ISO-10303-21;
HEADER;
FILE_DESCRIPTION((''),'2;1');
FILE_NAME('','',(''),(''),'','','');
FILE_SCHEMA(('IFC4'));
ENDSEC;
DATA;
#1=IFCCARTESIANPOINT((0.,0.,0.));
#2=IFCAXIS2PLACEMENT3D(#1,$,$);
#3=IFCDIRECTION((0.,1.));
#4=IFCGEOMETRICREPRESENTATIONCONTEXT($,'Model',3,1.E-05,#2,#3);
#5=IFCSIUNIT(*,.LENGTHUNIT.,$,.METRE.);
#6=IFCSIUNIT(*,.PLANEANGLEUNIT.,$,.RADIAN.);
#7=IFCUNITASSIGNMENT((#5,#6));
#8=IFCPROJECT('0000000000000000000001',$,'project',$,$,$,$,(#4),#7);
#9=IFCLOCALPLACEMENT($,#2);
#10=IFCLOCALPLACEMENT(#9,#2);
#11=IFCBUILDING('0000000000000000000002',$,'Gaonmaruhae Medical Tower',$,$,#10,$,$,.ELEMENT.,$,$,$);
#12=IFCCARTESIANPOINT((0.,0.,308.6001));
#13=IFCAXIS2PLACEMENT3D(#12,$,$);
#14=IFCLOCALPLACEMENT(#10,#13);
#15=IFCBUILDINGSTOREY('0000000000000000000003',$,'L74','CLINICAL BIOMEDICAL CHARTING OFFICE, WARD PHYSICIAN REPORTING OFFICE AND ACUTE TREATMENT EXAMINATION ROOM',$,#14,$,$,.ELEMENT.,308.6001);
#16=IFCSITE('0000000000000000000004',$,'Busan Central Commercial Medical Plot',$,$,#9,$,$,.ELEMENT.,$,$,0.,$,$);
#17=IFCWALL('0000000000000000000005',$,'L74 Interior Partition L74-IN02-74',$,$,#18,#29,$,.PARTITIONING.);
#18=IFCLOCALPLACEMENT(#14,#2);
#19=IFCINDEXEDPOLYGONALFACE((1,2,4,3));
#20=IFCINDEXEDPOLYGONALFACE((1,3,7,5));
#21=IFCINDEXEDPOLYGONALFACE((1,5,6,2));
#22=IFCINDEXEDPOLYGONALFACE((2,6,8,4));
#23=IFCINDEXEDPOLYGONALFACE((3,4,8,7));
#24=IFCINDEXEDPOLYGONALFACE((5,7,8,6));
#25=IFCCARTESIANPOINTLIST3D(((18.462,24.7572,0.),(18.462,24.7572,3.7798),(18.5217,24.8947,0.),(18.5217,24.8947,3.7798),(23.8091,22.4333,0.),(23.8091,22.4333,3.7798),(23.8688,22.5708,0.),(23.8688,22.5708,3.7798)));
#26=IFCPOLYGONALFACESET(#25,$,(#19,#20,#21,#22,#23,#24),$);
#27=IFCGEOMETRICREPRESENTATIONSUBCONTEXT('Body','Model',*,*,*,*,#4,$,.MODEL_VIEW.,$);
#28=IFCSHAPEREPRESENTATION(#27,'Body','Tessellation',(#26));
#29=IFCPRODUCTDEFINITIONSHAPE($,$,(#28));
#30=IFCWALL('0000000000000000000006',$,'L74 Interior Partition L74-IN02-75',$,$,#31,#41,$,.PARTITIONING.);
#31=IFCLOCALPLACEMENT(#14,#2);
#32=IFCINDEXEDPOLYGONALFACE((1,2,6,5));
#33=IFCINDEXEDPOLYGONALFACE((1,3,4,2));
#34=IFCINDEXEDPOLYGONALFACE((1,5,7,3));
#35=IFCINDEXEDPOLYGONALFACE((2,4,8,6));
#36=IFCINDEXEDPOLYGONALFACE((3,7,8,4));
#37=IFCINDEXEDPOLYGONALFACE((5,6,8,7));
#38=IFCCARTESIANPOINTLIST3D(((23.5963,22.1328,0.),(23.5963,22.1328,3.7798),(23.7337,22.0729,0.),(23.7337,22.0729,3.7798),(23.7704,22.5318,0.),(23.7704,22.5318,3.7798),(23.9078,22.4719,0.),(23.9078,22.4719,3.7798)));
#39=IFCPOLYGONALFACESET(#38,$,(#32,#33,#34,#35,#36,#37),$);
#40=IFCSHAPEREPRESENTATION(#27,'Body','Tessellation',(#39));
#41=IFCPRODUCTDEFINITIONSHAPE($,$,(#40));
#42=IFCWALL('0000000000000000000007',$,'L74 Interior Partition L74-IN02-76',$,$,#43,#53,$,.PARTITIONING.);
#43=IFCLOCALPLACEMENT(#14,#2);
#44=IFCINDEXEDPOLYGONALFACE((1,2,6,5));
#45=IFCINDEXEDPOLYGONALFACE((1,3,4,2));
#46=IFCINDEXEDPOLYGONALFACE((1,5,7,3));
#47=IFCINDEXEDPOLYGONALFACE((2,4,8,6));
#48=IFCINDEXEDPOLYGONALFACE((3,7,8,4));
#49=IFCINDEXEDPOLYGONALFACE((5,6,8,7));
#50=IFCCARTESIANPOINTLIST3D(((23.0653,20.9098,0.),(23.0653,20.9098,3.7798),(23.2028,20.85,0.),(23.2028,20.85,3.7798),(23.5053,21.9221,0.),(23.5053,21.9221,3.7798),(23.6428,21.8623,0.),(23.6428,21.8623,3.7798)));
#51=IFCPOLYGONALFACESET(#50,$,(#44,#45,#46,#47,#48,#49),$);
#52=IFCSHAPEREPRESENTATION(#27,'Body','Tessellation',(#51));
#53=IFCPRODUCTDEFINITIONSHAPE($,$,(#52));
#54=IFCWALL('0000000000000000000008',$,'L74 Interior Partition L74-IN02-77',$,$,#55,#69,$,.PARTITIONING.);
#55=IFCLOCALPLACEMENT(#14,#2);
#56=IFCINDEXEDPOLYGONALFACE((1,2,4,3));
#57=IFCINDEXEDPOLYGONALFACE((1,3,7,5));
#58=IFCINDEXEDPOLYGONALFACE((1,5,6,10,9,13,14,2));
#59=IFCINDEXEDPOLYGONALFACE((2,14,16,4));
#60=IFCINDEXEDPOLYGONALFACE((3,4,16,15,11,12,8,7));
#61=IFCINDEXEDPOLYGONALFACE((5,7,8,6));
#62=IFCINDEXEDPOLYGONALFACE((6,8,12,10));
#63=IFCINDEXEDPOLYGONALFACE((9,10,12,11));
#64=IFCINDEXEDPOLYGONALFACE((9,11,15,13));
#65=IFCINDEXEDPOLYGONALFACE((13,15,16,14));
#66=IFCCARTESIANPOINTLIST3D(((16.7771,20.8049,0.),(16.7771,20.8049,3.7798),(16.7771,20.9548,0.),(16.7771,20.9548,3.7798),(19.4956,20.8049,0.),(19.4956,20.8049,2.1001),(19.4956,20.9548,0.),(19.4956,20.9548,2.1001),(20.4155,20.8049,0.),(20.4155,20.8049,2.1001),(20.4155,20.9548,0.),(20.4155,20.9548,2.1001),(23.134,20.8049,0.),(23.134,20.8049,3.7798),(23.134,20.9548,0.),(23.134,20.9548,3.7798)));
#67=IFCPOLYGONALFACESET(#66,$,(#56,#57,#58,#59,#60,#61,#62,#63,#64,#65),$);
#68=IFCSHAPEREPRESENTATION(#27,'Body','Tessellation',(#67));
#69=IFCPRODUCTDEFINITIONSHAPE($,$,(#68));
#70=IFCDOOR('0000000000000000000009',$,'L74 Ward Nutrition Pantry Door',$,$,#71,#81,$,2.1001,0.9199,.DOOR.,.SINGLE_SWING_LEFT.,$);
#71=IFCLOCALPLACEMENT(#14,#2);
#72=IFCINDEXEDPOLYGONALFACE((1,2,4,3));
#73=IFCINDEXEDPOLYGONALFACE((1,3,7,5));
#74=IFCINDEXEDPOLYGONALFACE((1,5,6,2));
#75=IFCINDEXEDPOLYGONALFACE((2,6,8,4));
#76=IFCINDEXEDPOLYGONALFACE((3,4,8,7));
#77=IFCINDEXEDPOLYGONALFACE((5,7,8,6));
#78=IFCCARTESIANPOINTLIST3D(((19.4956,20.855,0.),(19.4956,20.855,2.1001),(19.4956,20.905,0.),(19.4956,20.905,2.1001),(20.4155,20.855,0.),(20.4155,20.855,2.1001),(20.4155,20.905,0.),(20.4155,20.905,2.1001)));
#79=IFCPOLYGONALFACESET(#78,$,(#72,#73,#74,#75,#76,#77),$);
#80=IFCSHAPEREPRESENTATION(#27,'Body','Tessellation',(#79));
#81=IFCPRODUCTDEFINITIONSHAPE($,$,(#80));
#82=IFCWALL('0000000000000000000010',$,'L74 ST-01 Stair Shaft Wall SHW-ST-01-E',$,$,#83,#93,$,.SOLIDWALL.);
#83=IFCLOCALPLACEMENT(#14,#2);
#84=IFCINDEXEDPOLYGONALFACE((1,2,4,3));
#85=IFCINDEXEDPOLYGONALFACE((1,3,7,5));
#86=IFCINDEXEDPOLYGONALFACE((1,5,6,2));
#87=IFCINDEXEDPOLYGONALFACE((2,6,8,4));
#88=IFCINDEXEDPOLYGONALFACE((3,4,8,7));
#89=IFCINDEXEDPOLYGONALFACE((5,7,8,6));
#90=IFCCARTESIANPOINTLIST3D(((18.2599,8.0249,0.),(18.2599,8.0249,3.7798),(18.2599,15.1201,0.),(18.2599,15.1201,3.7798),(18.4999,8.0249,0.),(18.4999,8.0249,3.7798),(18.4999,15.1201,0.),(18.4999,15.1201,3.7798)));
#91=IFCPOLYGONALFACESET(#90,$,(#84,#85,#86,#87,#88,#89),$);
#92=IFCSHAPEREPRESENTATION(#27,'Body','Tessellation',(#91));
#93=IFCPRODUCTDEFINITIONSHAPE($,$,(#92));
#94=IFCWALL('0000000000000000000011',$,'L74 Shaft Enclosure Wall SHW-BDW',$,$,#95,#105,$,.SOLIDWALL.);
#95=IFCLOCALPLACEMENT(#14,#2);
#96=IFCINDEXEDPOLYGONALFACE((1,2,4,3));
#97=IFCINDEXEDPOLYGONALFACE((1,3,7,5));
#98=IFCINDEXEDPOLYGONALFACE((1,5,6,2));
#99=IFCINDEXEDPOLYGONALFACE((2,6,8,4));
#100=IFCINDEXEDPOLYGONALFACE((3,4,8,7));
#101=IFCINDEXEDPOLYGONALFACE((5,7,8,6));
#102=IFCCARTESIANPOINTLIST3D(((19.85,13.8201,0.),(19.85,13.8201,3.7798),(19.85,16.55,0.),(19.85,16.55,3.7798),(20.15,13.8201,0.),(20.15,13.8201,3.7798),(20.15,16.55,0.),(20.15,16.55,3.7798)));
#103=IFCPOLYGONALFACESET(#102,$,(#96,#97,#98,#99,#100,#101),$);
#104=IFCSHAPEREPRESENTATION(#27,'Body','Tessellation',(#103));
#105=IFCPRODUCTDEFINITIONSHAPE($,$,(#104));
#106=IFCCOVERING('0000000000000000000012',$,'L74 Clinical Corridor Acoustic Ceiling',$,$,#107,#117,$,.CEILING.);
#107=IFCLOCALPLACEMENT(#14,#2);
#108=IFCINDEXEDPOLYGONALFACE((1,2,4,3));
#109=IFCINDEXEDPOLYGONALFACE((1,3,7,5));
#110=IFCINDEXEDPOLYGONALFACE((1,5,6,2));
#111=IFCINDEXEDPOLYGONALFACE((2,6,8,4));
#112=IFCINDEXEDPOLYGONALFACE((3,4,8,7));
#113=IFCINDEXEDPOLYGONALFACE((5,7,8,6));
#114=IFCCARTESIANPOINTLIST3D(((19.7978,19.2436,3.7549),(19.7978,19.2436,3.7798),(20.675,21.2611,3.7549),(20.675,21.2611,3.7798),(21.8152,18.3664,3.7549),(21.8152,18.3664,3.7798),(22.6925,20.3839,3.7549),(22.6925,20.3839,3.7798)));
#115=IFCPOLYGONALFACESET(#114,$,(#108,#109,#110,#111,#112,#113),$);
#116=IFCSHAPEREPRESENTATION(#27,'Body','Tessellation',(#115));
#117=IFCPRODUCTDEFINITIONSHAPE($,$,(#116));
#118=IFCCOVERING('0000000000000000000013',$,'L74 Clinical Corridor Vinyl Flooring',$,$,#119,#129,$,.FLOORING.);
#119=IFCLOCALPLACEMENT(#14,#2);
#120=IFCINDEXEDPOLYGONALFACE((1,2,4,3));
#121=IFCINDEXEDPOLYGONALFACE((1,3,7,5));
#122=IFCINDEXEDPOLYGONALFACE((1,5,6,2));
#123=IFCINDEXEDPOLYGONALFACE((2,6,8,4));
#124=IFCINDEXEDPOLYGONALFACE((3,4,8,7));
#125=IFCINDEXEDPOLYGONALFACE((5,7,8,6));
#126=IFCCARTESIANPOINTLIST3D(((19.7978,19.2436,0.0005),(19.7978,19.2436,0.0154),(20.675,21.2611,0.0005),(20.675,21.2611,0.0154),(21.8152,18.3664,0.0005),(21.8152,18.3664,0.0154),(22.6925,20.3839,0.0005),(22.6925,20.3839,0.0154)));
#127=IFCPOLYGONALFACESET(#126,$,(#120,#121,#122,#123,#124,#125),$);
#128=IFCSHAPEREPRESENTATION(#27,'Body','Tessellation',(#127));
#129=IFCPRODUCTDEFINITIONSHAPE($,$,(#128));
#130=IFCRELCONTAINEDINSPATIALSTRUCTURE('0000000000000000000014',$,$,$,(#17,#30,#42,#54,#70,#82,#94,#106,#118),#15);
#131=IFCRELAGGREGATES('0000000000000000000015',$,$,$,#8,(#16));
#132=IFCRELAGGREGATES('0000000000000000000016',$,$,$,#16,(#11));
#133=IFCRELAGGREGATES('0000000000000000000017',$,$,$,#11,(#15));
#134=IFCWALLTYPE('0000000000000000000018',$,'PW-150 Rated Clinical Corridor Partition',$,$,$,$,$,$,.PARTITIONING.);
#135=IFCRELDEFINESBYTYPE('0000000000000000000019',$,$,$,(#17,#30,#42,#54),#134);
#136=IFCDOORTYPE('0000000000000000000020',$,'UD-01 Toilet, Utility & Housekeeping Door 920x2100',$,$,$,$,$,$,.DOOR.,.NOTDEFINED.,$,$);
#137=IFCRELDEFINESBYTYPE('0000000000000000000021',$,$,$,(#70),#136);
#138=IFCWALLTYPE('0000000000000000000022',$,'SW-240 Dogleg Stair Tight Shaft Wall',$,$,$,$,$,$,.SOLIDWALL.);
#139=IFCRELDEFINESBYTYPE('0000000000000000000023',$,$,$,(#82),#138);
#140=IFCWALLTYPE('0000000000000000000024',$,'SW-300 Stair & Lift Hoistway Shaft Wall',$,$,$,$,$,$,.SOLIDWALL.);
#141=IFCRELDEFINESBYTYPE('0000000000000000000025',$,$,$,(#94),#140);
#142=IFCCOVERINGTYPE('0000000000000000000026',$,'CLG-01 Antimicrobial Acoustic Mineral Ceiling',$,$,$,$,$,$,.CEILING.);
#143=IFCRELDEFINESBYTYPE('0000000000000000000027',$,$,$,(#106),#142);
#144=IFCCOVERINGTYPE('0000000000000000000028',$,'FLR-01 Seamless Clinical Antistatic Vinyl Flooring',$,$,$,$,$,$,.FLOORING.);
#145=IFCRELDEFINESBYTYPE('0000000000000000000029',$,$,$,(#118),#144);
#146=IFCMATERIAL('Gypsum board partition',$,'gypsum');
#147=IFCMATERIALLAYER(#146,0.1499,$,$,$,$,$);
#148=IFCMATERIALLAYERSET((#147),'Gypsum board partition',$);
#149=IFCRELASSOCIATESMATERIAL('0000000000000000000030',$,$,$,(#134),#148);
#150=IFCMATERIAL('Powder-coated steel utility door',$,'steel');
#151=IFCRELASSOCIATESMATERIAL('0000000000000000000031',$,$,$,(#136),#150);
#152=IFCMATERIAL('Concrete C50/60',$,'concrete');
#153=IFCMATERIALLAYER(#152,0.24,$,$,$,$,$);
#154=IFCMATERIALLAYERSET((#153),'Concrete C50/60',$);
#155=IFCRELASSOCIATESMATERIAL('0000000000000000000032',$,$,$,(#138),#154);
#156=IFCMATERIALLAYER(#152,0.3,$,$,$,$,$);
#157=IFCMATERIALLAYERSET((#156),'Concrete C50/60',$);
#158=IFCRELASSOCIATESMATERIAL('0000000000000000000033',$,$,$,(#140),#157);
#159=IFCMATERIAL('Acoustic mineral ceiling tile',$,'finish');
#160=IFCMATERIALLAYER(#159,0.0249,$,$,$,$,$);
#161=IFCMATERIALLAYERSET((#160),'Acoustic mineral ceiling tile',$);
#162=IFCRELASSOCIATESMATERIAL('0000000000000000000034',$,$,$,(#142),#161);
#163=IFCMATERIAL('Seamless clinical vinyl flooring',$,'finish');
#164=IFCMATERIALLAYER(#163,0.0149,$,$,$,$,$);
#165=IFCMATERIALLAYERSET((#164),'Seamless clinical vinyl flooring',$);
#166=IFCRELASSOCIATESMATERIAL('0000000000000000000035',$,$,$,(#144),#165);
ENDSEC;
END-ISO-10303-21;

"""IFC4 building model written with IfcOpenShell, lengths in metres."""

from ifc_helpers import new_model, si_unit, direction, frame, frame_2d, origin, origin_2d, place, context, subcontext, project, spatial, rectangle, extrude, material, layer, layer_set, type_object, element, fill, save


model = new_model("IFC4")

# Units and contexts
model_context = context("Model", 3, precision=1e-05, world=origin(), true_north=direction((0.0, 1.0)))
body_context = subcontext(model_context, "Body", "Model", "MODEL_VIEW")
ifc_project = project(units=[si_unit("LENGTHUNIT", "METRE"), si_unit("PLANEANGLEUNIT", "RADIAN")], contexts=[model_context])

# Site, building, storey
site_placement = place(None, origin())
site = spatial("IfcSite", under=ifc_project, at=site_placement, Name="Busan Central Commercial Medical Plot", CompositionType="ELEMENT", RefElevation=0.0)
building_placement = place(site_placement, origin())
building = spatial("IfcBuilding", under=site, at=building_placement, Name="Gaonmaruhae Medical Tower", CompositionType="ELEMENT")
storey_placement = place(building_placement, frame((0.0, 0.0, 308.6001)))
storey = spatial("IfcBuildingStorey", under=building, at=storey_placement, Name="L74", Description="CLINICAL BIOMEDICAL CHARTING OFFICE, WARD PHYSICIAN REPORTING OFFICE AND ACUTE TREATMENT EXAMINATION ROOM", CompositionType="ELEMENT", Elevation=308.6001)

# Shared definitions
ifc_material_1 = material(Name="Concrete C50/60", Category="concrete")

# Walls
ifc_material_2 = material(Name="Gypsum board partition", Category="gypsum")
ifc_layer_1 = layer(ifc_material_2, 0.1499)
ifc_layer_set_1 = layer_set([ifc_layer_1], Name="Gypsum board partition")
wall_type_1 = type_object("IfcWallType", Name="PW-150 Rated Clinical Corridor Partition", PredefinedType="PARTITIONING", material=ifc_layer_set_1)
wall_1_placement = place(storey_placement, frame((18.4919, 24.8259, 0.0), z_axis=(0.0, 0.0, 1.0), x_axis=(0.917125, -0.398599, 0.0)))
element("IfcWall", 1, at=wall_1_placement, inside=storey, type_object=wall_type_1, Name="L74 Interior Partition L74-IN02-74", PredefinedType="PARTITIONING", context=body_context, shape_type="SweptSolid", body=[
    extrude(rectangle(XDim=5.8303, YDim=0.1499, at=frame_2d((2.915, 0.0))), origin(), (0.0, 0.0, 1.0), 3.7798),
])
wall_2_placement = place(storey_placement, frame((23.8391, 22.502, 0.0), z_axis=(0.0, 0.0, 1.0), x_axis=(-0.399936, -0.916543, 0.0)))
element("IfcWall", 2, at=wall_2_placement, inside=storey, type_object=wall_type_1, Name="L74 Interior Partition L74-IN02-75", PredefinedType="PARTITIONING", context=body_context, shape_type="SweptSolid", body=[
    extrude(rectangle(XDim=0.4353, YDim=0.1499, at=frame_2d((0.2178, 0.0))), origin(), (0.0, 0.0, 1.0), 3.7798),
])
wall_3_placement = place(storey_placement, frame((23.574, 21.8921, 0.0), z_axis=(0.0, 0.0, 1.0), x_axis=(-0.398613, -0.917119, 0.0)))
element("IfcWall", 3, at=wall_3_placement, inside=storey, type_object=wall_type_1, Name="L74 Interior Partition L74-IN02-76", PredefinedType="PARTITIONING", context=body_context, shape_type="SweptSolid", body=[
    extrude(rectangle(XDim=1.1038, YDim=0.1499, at=frame_2d((0.5518, 0.0))), origin(), (0.0, 0.0, 1.0), 3.7798),
])

# Wall, opening, door
wall_4_placement = place(storey_placement, frame((23.134, 20.8799, 0.0), z_axis=(0.0, 0.0, 1.0), x_axis=(-1.0, 0.0, 0.0)))
wall_4 = element("IfcWall", 4, at=wall_4_placement, inside=storey, type_object=wall_type_1, Name="L74 Interior Partition L74-IN02-77", PredefinedType="PARTITIONING", context=body_context, shape_type="SweptSolid", body=[
    extrude(rectangle(XDim=6.3569, YDim=0.1499, at=frame_2d((3.1785, 0.0))), origin(), (0.0, 0.0, 1.0), 3.7798),
])
opening_1_placement = place(wall_4_placement, frame((2.7185, 0.0, 0.0)))
opening_1 = element("IfcOpeningElement", 5, at=opening_1_placement, cuts=wall_4, PredefinedType="OPENING", context=body_context, shape_type="SweptSolid", body=[
    extrude(rectangle(XDim=0.9199, YDim=2.1001, at=frame_2d((0.46, 1.05))), frame((0.0, 0.085, 0.0), z_axis=(0.0, -1.0, 0.0), x_axis=(1.0, 0.0, 0.0)), (0.0, 0.0, 1.0), 0.1699),
])
ifc_material_3 = material(Name="Powder-coated steel utility door", Category="steel")
door_type_1 = type_object("IfcDoorType", Name="UD-01 Toilet, Utility & Housekeeping Door 920x2100", OperationType="NOTDEFINED", PredefinedType="DOOR", material=ifc_material_3)
door_1_placement = place(opening_1_placement, origin())
door_1 = element("IfcDoor", 6, at=door_1_placement, inside=storey, type_object=door_type_1, Name="L74 Ward Nutrition Pantry Door", OperationType="SINGLE_SWING_LEFT", OverallHeight=2.1001, OverallWidth=0.9199, PredefinedType="DOOR", context=body_context, shape_type="SweptSolid", body=[
    extrude(rectangle(XDim=0.9199, YDim=2.1001, at=frame_2d((0.46, 1.05))), frame((0.0, 0.0249, 0.0), z_axis=(0.0, -1.0, 0.0), x_axis=(1.0, 0.0, 0.0)), (0.0, 0.0, 1.0), 0.05),
])
fill(opening_1, door_1)

# Wall
ifc_layer_2 = layer(ifc_material_1, 0.24)
ifc_layer_set_2 = layer_set([ifc_layer_2], Name="Concrete C50/60")
wall_type_2 = type_object("IfcWallType", Name="SW-240 Dogleg Stair Tight Shaft Wall", PredefinedType="SOLIDWALL", material=ifc_layer_set_2)
wall_5_placement = place(storey_placement, frame((18.3799, 15.1201, 0.0), z_axis=(0.0, 0.0, 1.0), x_axis=(0.0, -1.0, 0.0)))
element("IfcWall", 7, at=wall_5_placement, inside=storey, type_object=wall_type_2, Name="L74 ST-01 Stair Shaft Wall SHW-ST-01-E", PredefinedType="SOLIDWALL", context=body_context, shape_type="SweptSolid", body=[
    extrude(rectangle(XDim=7.0952, YDim=0.24, at=frame_2d((3.5476, 0.0))), origin(), (0.0, 0.0, 1.0), 3.7798),
])

# Shared definitions
ifc_layer_3 = layer(ifc_material_1, 0.3)
ifc_layer_set_3 = layer_set([ifc_layer_3], Name="Concrete C50/60")
wall_type_3 = type_object("IfcWallType", Name="SW-300 Stair & Lift Hoistway Shaft Wall", PredefinedType="SOLIDWALL", material=ifc_layer_set_3)

# Wall
wall_6_placement = place(storey_placement, frame((20.0, 13.8201, 0.0), z_axis=(0.0, 0.0, 1.0), x_axis=(0.0, 1.0, 0.0)))
element("IfcWall", 8, at=wall_6_placement, inside=storey, type_object=wall_type_3, Name="L74 Shaft Enclosure Wall SHW-BDW", PredefinedType="SOLIDWALL", context=body_context, shape_type="SweptSolid", body=[
    extrude(rectangle(XDim=2.73, YDim=0.3, at=frame_2d((1.365, 0.0))), origin(), (0.0, 0.0, 1.0), 3.7798),
])

# Coverings
ifc_material_4 = material(Name="Acoustic mineral ceiling tile", Category="finish")
ifc_layer_4 = layer(ifc_material_4, 0.0249)
ifc_layer_set_4 = layer_set([ifc_layer_4], Name="Acoustic mineral ceiling tile")
covering_type_1 = type_object("IfcCoveringType", Name="CLG-01 Antimicrobial Acoustic Mineral Ceiling", PredefinedType="CEILING", material=ifc_layer_set_4)
covering_1_placement = place(storey_placement, frame((21.2451, 19.8137, 3.7549), z_axis=(0.0, 0.0, 1.0), x_axis=(0.398749, 0.91706, 0.0)))
element("IfcCovering", 9, at=covering_1_placement, inside=storey, type_object=covering_type_1, Name="L74 Clinical Corridor Acoustic Ceiling", PredefinedType="CEILING", context=body_context, shape_type="SweptSolid", body=[
    extrude(rectangle(XDim=2.2, YDim=2.2, at=origin_2d()), origin(), (0.0, 0.0, 1.0), 0.0249),
])
ifc_material_5 = material(Name="Seamless clinical vinyl flooring", Category="finish")
ifc_layer_5 = layer(ifc_material_5, 0.0149)
ifc_layer_set_5 = layer_set([ifc_layer_5], Name="Seamless clinical vinyl flooring")
covering_type_2 = type_object("IfcCoveringType", Name="FLR-01 Seamless Clinical Antistatic Vinyl Flooring", PredefinedType="FLOORING", material=ifc_layer_set_5)
covering_2_placement = place(storey_placement, frame((21.2451, 19.8137, 0.0005), z_axis=(0.0, 0.0, 1.0), x_axis=(0.398749, 0.91706, 0.0)))
element("IfcCovering", 10, at=covering_2_placement, inside=storey, type_object=covering_type_2, Name="L74 Clinical Corridor Vinyl Flooring", PredefinedType="FLOORING", context=body_context, shape_type="SweptSolid", body=[
    extrude(rectangle(XDim=2.2, YDim=2.2, at=origin_2d()), origin(), (0.0, 0.0, 1.0), 0.0149),
])

save(model, "model.ifc")
